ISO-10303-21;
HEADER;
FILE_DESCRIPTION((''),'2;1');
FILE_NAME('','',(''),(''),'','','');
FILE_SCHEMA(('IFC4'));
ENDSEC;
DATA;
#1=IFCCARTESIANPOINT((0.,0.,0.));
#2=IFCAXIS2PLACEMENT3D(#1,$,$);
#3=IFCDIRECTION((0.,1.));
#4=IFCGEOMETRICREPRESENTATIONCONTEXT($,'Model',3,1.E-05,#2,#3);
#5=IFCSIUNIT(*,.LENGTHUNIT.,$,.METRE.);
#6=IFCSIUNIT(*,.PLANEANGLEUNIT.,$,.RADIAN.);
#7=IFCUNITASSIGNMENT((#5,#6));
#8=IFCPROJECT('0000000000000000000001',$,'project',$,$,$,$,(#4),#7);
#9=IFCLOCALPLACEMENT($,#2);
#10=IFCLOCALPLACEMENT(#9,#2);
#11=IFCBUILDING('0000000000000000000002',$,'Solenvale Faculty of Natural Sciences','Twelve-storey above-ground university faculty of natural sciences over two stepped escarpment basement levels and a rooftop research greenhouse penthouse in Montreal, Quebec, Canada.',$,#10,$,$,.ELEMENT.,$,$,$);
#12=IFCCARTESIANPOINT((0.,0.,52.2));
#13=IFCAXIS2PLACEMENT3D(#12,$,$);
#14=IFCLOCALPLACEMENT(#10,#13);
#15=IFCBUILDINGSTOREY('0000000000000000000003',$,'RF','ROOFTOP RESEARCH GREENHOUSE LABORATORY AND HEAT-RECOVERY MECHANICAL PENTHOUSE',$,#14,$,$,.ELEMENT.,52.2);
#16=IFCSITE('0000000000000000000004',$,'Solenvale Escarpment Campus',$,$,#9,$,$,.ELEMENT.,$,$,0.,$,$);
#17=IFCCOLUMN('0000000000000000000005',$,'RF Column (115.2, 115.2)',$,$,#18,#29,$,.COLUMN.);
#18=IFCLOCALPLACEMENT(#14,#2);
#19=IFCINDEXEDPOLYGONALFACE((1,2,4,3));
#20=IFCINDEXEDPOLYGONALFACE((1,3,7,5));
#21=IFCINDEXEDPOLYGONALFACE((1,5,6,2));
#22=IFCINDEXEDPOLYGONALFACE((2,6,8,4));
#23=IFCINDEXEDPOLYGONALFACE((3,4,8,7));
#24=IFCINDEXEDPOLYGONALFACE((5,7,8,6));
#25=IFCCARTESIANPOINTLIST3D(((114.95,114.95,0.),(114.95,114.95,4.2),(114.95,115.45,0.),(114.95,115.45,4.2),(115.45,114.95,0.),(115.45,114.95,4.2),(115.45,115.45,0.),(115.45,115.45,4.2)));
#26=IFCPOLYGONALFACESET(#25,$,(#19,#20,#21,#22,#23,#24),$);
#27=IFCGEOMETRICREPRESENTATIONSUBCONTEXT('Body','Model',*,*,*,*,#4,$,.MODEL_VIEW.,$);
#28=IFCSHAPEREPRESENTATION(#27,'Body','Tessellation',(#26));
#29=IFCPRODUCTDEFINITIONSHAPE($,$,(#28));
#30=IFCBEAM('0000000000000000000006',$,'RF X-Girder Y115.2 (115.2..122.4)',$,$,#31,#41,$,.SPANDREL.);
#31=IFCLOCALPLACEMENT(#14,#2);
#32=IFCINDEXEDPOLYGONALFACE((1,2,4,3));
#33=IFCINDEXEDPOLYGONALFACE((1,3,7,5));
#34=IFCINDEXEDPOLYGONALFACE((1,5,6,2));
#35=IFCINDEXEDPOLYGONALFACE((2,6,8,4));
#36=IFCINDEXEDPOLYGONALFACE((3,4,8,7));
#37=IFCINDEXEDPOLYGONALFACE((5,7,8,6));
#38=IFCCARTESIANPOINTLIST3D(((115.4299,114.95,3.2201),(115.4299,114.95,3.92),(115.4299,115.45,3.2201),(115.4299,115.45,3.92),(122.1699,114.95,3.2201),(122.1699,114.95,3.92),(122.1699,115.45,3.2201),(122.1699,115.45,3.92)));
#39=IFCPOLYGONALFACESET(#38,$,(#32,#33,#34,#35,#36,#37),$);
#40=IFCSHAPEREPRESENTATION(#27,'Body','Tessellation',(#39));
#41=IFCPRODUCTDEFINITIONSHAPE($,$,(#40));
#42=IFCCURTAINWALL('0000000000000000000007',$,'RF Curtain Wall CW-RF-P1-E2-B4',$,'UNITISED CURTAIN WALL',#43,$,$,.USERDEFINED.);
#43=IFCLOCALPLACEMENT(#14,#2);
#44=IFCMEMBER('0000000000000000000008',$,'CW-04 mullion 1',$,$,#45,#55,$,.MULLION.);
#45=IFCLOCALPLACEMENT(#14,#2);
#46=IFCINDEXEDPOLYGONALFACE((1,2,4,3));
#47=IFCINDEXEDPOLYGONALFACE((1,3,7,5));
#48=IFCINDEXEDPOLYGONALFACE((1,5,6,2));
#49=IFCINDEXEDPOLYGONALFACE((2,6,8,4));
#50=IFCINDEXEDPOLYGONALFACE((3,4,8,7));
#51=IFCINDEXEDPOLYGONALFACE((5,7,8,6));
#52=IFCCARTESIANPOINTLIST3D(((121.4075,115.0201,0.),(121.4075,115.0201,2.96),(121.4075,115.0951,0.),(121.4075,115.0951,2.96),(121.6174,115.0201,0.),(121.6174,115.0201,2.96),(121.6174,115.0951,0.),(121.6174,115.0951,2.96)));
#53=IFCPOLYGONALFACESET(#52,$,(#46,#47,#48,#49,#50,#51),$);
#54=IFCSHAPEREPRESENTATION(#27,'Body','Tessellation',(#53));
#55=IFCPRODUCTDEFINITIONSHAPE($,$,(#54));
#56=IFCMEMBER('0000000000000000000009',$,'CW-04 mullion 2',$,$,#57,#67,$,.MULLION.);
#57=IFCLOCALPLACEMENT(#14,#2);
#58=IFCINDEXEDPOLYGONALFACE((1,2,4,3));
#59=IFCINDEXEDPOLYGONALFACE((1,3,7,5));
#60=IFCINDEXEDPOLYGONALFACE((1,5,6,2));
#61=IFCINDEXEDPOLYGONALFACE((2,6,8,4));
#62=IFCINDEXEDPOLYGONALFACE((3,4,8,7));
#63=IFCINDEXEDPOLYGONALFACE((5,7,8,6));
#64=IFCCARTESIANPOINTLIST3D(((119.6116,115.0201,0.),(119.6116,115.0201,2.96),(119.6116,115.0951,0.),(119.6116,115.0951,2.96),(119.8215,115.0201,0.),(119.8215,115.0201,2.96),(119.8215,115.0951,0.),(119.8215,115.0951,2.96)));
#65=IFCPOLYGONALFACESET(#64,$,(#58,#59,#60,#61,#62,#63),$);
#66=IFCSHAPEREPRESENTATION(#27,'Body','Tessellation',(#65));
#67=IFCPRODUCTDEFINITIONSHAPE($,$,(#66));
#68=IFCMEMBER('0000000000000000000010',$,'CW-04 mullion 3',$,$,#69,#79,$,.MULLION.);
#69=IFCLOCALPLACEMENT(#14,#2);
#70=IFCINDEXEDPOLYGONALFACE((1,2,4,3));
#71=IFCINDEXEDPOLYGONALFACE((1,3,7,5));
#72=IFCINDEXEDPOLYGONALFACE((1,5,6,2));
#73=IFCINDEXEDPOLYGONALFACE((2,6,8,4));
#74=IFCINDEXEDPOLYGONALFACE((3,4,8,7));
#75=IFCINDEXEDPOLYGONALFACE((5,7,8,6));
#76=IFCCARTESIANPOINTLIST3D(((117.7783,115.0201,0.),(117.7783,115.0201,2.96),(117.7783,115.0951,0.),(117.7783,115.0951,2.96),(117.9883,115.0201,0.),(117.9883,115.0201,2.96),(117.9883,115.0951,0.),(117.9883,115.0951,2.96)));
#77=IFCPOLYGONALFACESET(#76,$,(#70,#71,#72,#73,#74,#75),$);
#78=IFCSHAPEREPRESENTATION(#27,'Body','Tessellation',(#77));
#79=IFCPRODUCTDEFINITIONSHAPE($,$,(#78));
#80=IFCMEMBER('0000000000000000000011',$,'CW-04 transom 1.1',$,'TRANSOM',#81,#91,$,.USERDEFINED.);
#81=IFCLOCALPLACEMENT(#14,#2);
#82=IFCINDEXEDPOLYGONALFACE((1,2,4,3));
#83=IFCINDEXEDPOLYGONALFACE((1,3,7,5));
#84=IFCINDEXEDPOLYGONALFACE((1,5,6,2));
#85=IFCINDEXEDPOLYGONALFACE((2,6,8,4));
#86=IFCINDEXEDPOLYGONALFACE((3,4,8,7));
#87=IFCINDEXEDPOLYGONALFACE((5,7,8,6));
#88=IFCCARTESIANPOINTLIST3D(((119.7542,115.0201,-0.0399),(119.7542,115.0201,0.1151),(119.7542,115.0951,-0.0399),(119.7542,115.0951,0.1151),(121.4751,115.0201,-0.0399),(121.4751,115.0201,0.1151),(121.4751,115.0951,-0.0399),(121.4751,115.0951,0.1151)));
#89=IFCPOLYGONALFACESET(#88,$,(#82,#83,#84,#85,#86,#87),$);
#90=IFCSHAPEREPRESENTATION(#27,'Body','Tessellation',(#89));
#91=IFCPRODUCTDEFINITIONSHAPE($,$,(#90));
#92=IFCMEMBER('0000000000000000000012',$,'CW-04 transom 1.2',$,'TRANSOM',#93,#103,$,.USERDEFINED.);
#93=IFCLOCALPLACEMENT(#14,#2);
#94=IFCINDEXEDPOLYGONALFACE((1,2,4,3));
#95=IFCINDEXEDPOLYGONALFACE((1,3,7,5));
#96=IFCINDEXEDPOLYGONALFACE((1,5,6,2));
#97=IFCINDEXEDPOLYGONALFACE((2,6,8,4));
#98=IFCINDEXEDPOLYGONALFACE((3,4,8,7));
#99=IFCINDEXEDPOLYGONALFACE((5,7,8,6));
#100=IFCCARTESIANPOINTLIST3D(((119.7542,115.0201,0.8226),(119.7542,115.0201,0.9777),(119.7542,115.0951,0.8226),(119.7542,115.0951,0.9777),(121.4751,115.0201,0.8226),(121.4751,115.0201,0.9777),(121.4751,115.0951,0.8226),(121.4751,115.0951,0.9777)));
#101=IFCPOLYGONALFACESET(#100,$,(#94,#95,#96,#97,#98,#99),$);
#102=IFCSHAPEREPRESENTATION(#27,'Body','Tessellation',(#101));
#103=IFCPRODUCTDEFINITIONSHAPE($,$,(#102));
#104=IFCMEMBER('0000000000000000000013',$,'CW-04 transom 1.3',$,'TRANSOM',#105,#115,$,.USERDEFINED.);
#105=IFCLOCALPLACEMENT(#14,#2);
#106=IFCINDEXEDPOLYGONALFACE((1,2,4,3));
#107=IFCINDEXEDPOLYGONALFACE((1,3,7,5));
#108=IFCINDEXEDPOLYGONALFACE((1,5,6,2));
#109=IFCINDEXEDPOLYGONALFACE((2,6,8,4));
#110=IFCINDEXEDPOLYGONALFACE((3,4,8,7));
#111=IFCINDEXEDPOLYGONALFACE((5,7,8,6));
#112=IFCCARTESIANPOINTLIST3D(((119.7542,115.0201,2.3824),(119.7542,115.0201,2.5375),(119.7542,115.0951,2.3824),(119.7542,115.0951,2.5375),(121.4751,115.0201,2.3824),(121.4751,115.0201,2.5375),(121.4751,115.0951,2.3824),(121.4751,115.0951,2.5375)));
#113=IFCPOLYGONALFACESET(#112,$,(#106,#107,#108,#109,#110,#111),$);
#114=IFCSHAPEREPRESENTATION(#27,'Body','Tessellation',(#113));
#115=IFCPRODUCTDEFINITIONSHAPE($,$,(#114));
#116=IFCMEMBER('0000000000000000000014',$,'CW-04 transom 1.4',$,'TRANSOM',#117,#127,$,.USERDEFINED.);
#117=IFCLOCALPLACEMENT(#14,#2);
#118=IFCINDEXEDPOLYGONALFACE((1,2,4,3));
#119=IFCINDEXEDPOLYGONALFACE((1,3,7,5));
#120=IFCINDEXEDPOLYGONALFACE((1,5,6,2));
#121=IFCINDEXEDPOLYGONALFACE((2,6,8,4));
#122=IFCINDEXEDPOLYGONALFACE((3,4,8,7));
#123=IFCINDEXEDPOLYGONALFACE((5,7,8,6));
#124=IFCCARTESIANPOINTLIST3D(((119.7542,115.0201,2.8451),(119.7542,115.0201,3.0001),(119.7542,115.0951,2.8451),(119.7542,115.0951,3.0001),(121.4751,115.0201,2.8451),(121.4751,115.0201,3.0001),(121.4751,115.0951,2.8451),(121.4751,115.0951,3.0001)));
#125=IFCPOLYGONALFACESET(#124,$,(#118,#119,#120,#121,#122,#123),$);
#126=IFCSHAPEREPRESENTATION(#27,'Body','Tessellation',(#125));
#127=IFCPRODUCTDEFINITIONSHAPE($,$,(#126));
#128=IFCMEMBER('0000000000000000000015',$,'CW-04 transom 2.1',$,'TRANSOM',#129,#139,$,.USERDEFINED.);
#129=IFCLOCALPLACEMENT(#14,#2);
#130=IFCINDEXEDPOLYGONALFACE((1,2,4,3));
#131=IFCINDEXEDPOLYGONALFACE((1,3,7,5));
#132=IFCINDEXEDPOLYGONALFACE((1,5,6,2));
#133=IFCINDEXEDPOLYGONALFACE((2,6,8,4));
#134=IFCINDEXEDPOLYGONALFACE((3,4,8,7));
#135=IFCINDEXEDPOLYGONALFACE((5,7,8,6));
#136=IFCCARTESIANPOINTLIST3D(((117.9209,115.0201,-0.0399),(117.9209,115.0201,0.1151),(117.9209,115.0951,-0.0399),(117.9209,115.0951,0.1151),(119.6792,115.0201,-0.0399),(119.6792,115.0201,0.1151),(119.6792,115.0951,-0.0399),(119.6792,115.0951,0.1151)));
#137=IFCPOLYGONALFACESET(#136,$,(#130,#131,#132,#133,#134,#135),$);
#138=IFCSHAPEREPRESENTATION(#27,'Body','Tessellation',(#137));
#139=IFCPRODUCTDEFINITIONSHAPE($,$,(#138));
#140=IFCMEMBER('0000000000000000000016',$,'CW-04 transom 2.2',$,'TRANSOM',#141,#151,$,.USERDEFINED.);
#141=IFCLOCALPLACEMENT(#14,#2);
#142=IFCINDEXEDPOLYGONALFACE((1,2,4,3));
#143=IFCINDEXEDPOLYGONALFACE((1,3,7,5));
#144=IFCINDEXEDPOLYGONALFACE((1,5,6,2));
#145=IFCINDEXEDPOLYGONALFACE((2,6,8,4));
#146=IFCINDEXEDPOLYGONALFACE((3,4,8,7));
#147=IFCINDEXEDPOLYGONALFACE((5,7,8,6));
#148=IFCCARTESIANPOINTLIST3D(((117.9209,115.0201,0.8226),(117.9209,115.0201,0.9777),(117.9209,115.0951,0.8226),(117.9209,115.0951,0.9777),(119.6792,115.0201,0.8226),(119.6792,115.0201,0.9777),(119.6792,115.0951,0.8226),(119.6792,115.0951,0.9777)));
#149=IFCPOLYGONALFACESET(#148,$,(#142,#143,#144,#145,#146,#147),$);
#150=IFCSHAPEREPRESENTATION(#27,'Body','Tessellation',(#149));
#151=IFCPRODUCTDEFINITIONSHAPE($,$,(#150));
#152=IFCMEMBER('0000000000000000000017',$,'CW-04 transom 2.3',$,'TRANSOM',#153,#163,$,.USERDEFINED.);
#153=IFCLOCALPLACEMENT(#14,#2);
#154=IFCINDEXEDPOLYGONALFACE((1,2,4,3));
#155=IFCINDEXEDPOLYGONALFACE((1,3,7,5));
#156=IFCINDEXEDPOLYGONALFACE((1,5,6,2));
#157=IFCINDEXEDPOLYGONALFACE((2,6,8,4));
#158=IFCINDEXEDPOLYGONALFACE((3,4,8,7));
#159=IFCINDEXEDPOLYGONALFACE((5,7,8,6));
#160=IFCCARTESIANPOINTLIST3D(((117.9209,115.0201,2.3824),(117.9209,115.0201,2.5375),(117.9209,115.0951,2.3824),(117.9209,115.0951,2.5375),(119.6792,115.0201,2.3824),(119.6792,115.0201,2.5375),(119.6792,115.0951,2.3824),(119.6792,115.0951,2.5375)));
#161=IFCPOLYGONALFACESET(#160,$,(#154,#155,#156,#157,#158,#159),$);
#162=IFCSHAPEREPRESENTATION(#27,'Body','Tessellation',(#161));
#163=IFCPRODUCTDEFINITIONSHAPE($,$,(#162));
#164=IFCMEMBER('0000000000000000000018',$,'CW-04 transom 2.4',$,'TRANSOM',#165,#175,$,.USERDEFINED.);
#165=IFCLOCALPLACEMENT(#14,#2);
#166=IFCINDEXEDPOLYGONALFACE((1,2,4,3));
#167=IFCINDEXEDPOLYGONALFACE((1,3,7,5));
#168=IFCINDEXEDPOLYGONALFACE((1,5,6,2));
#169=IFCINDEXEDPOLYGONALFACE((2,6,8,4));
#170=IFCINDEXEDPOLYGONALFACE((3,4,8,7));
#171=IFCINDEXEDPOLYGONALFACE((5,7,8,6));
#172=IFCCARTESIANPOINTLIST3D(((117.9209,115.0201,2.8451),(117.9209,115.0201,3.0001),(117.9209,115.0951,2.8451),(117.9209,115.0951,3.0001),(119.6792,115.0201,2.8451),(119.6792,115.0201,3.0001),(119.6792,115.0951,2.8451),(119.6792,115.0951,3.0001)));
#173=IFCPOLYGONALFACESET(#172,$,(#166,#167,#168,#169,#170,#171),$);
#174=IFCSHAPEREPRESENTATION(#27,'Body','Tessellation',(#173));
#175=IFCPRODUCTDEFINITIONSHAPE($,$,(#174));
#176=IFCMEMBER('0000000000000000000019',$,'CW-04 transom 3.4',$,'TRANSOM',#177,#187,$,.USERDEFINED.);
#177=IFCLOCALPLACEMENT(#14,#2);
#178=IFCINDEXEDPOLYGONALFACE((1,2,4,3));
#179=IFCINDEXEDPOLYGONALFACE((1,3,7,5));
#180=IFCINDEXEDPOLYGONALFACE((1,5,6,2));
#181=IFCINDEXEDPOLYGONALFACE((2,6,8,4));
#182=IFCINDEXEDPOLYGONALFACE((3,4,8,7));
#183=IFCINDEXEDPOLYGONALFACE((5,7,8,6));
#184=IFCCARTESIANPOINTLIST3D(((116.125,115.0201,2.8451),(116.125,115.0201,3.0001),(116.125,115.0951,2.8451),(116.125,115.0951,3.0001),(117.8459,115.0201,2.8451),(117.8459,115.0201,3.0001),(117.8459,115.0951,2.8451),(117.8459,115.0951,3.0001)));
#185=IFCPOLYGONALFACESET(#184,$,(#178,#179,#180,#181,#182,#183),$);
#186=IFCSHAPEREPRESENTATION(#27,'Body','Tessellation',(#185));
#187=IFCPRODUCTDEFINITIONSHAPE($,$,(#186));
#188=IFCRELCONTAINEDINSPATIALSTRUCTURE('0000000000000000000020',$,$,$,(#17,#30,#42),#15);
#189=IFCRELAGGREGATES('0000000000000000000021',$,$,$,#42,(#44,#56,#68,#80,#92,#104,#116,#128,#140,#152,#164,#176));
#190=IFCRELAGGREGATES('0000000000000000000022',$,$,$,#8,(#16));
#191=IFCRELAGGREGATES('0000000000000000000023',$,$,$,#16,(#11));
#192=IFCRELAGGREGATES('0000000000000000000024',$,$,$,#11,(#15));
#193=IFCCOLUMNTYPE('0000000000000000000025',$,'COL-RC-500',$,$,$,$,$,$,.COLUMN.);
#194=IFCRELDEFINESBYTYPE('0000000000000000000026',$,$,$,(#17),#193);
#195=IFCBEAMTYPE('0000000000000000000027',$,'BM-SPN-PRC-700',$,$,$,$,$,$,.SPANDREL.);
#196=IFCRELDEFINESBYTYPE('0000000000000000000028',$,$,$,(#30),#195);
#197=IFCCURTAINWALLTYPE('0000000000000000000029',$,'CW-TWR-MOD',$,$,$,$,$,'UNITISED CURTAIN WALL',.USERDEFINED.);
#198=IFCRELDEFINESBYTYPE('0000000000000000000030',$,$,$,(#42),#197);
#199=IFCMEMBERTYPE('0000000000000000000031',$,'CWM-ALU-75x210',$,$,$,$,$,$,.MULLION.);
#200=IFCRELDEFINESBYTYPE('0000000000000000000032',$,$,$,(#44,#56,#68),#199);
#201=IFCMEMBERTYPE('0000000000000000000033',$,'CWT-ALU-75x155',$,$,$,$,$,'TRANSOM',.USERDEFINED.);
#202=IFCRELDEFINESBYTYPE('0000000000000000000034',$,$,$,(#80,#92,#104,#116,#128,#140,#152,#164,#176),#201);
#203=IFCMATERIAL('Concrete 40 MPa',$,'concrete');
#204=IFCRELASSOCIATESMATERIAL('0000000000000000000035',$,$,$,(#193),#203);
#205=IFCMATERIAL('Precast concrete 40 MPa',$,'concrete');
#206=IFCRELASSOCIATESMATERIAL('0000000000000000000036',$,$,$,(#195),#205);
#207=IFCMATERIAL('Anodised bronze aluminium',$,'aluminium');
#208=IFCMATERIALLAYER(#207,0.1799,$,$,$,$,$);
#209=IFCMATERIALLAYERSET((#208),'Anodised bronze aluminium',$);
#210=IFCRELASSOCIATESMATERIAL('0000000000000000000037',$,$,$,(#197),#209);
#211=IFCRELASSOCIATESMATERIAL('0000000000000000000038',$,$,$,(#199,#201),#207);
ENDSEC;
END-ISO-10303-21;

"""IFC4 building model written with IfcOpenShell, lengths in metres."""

from ifc_helpers import new_model, si_unit, direction, frame, origin, origin_2d, place, context, subcontext, project, spatial, rectangle, extrude, material, layer, layer_set, material_profile, profile_set, type_object, element, aggregate, save


model = new_model("IFC4")

# Units and contexts
model_context = context("Model", 3, precision=1e-05, world=origin(), true_north=direction((0.0, 1.0)))
body_context = subcontext(model_context, "Body", "Model", "MODEL_VIEW")
ifc_project = project(units=[si_unit("LENGTHUNIT", "METRE"), si_unit("PLANEANGLEUNIT", "RADIAN")], contexts=[model_context])

# Site, building, storey
site_placement = place(None, origin())
site = spatial("IfcSite", under=ifc_project, at=site_placement, Name="Solenvale Escarpment Campus", CompositionType="ELEMENT", RefElevation=0.0)
building_placement = place(site_placement, origin())
building = spatial("IfcBuilding", under=site, at=building_placement, Name="Solenvale Faculty of Natural Sciences", Description="Twelve-storey above-ground university faculty of natural sciences over two stepped escarpment basement levels and a rooftop research greenhouse penthouse in Montreal, Quebec, Canada.", CompositionType="ELEMENT")
storey_placement = place(building_placement, frame((0.0, 0.0, 52.2)))
storey = spatial("IfcBuildingStorey", under=building, at=storey_placement, Name="RF", Description="ROOFTOP RESEARCH GREENHOUSE LABORATORY AND HEAT-RECOVERY MECHANICAL PENTHOUSE", CompositionType="ELEMENT", Elevation=52.2)

# Column
ifc_material_1 = material(Name="Concrete 40 MPa", Category="concrete")
ifc_material_profile_1 = material_profile(ifc_material_1, rectangle(XDim=0.5, YDim=0.5, at=origin_2d()), Name="RC-COL-500x500")
ifc_profile_set_1 = profile_set([ifc_material_profile_1], Name="Concrete 40 MPa")
column_type = type_object("IfcColumnType", Name="COL-RC-500", PredefinedType="COLUMN", material=ifc_profile_set_1)
column_placement = place(storey_placement, frame((115.2, 115.2, 0.0), z_axis=(0.0, 0.0, 1.0), x_axis=(1.0, 0.0, 0.0)))
element("IfcColumn", 1, at=column_placement, inside=storey, type_object=column_type, Name="RF Column (115.2, 115.2)", PredefinedType="COLUMN", context=body_context, shape_type="SweptSolid", body=[
    extrude(rectangle(XDim=0.5, YDim=0.5, at=origin_2d()), origin(), (0.0, 0.0, 1.0), 4.2),
])

# Beam
ifc_material_2 = material(Name="Precast concrete 40 MPa", Category="concrete")
ifc_material_profile_2 = material_profile(ifc_material_2, rectangle(XDim=0.5, YDim=0.7, at=origin_2d()), Name="RC-BM-500x700")
ifc_profile_set_2 = profile_set([ifc_material_profile_2], Name="Precast concrete 40 MPa")
beam_type = type_object("IfcBeamType", Name="BM-SPN-PRC-700", PredefinedType="SPANDREL", material=ifc_profile_set_2)
beam_placement = place(storey_placement, frame((115.4299, 115.2, 3.5701), z_axis=(1.0, 0.0, 0.0), x_axis=(0.0, 1.0, 0.0)))
element("IfcBeam", 2, at=beam_placement, inside=storey, type_object=beam_type, Name="RF X-Girder Y115.2 (115.2..122.4)", PredefinedType="SPANDREL", context=body_context, shape_type="SweptSolid", body=[
    extrude(rectangle(XDim=0.5, YDim=0.7, at=origin_2d()), origin(), (0.0, 0.0, 1.0), 6.74),
])

# Curtain wall, members
ifc_material_3 = material(Name="Anodised bronze aluminium", Category="aluminium")
ifc_layer_1 = layer(ifc_material_3, 0.1799)
ifc_layer_set_1 = layer_set([ifc_layer_1], Name="Anodised bronze aluminium")
curtain_wall_type = type_object("IfcCurtainWallType", Name="CW-TWR-MOD", ElementType="UNITISED CURTAIN WALL", PredefinedType="USERDEFINED", material=ifc_layer_set_1)
curtain_wall_placement = place(storey_placement, origin())
curtain_wall = element("IfcCurtainWall", 3, at=curtain_wall_placement, inside=storey, type_object=curtain_wall_type, Name="RF Curtain Wall CW-RF-P1-E2-B4", ObjectType="UNITISED CURTAIN WALL", PredefinedType="USERDEFINED")
ifc_material_profile_3 = material_profile(ifc_material_3, rectangle(XDim=0.075, YDim=0.21, at=origin_2d()), Name="ALU-MUL-75x210")
ifc_profile_set_3 = profile_set([ifc_material_profile_3], Name="Anodised bronze aluminium")
member_type_1 = type_object("IfcMemberType", Name="CWM-ALU-75x210", PredefinedType="MULLION", material=ifc_profile_set_3)
member_1_placement = place(storey_placement, frame((121.5125, 115.0576, 0.0), z_axis=(0.0, 0.0, 1.0), x_axis=(0.0, -1.0, 0.0)))
member_1 = element("IfcMember", 4, at=member_1_placement, type_object=member_type_1, Name="CW-04 mullion 1", PredefinedType="MULLION", context=body_context, shape_type="SweptSolid", body=[
    extrude(rectangle(XDim=0.075, YDim=0.21, at=origin_2d()), origin(), (0.0, 0.0, 1.0), 2.96),
])
member_2_placement = place(storey_placement, frame((119.7166, 115.0576, 0.0), z_axis=(0.0, 0.0, 1.0), x_axis=(0.0, -1.0, 0.0)))
member_2 = element("IfcMember", 5, at=member_2_placement, type_object=member_type_1, Name="CW-04 mullion 2", PredefinedType="MULLION", context=body_context, shape_type="SweptSolid", body=[
    extrude(rectangle(XDim=0.075, YDim=0.21, at=origin_2d()), origin(), (0.0, 0.0, 1.0), 2.96),
])
member_3_placement = place(storey_placement, frame((117.8833, 115.0576, 0.0), z_axis=(0.0, 0.0, 1.0), x_axis=(0.0, -1.0, 0.0)))
member_3 = element("IfcMember", 6, at=member_3_placement, type_object=member_type_1, Name="CW-04 mullion 3", PredefinedType="MULLION", context=body_context, shape_type="SweptSolid", body=[
    extrude(rectangle(XDim=0.075, YDim=0.21, at=origin_2d()), origin(), (0.0, 0.0, 1.0), 2.96),
])
ifc_material_profile_4 = material_profile(ifc_material_3, rectangle(XDim=0.075, YDim=0.155, at=origin_2d()), Name="ALU-TRN-75x155")
ifc_profile_set_4 = profile_set([ifc_material_profile_4], Name="Anodised bronze aluminium")
member_type_2 = type_object("IfcMemberType", Name="CWT-ALU-75x155", ElementType="TRANSOM", PredefinedType="USERDEFINED", material=ifc_profile_set_4)
member_4_placement = place(storey_placement, frame((121.4751, 115.0576, 0.0376), z_axis=(-1.0, 0.0, 0.0), x_axis=(0.0, -1.0, 0.0)))
member_4 = element("IfcMember", 7, at=member_4_placement, type_object=member_type_2, Name="CW-04 transom 1.1", ObjectType="TRANSOM", PredefinedType="USERDEFINED", context=body_context, shape_type="SweptSolid", body=[
    extrude(rectangle(XDim=0.075, YDim=0.155, at=origin_2d()), origin(), (0.0, 0.0, 1.0), 1.7209),
])
member_5_placement = place(storey_placement, frame((121.4751, 115.0576, 0.9001), z_axis=(-1.0, 0.0, 0.0), x_axis=(0.0, -1.0, 0.0)))
member_5 = element("IfcMember", 8, at=member_5_placement, type_object=member_type_2, Name="CW-04 transom 1.2", ObjectType="TRANSOM", PredefinedType="USERDEFINED", context=body_context, shape_type="SweptSolid", body=[
    extrude(rectangle(XDim=0.075, YDim=0.155, at=origin_2d()), origin(), (0.0, 0.0, 1.0), 1.7209),
])
member_6_placement = place(storey_placement, frame((121.4751, 115.0576, 2.46), z_axis=(-1.0, 0.0, 0.0), x_axis=(0.0, -1.0, 0.0)))
member_6 = element("IfcMember", 9, at=member_6_placement, type_object=member_type_2, Name="CW-04 transom 1.3", ObjectType="TRANSOM", PredefinedType="USERDEFINED", context=body_context, shape_type="SweptSolid", body=[
    extrude(rectangle(XDim=0.075, YDim=0.155, at=origin_2d()), origin(), (0.0, 0.0, 1.0), 1.7209),
])
member_7_placement = place(storey_placement, frame((121.4751, 115.0576, 2.9226), z_axis=(-1.0, 0.0, 0.0), x_axis=(0.0, -1.0, 0.0)))
member_7 = element("IfcMember", 10, at=member_7_placement, type_object=member_type_2, Name="CW-04 transom 1.4", ObjectType="TRANSOM", PredefinedType="USERDEFINED", context=body_context, shape_type="SweptSolid", body=[
    extrude(rectangle(XDim=0.075, YDim=0.155, at=origin_2d()), origin(), (0.0, 0.0, 1.0), 1.7209),
])
member_8_placement = place(storey_placement, frame((119.6792, 115.0576, 0.0376), z_axis=(-1.0, 0.0, 0.0), x_axis=(0.0, -1.0, 0.0)))
member_8 = element("IfcMember", 11, at=member_8_placement, type_object=member_type_2, Name="CW-04 transom 2.1", ObjectType="TRANSOM", PredefinedType="USERDEFINED", context=body_context, shape_type="SweptSolid", body=[
    extrude(rectangle(XDim=0.075, YDim=0.155, at=origin_2d()), origin(), (0.0, 0.0, 1.0), 1.7583),
])
member_9_placement = place(storey_placement, frame((119.6792, 115.0576, 0.9001), z_axis=(-1.0, 0.0, 0.0), x_axis=(0.0, -1.0, 0.0)))
member_9 = element("IfcMember", 12, at=member_9_placement, type_object=member_type_2, Name="CW-04 transom 2.2", ObjectType="TRANSOM", PredefinedType="USERDEFINED", context=body_context, shape_type="SweptSolid", body=[
    extrude(rectangle(XDim=0.075, YDim=0.155, at=origin_2d()), origin(), (0.0, 0.0, 1.0), 1.7583),
])
member_10_placement = place(storey_placement, frame((119.6792, 115.0576, 2.46), z_axis=(-1.0, 0.0, 0.0), x_axis=(0.0, -1.0, 0.0)))
member_10 = element("IfcMember", 13, at=member_10_placement, type_object=member_type_2, Name="CW-04 transom 2.3", ObjectType="TRANSOM", PredefinedType="USERDEFINED", context=body_context, shape_type="SweptSolid", body=[
    extrude(rectangle(XDim=0.075, YDim=0.155, at=origin_2d()), origin(), (0.0, 0.0, 1.0), 1.7583),
])
member_11_placement = place(storey_placement, frame((119.6792, 115.0576, 2.9226), z_axis=(-1.0, 0.0, 0.0), x_axis=(0.0, -1.0, 0.0)))
member_11 = element("IfcMember", 14, at=member_11_placement, type_object=member_type_2, Name="CW-04 transom 2.4", ObjectType="TRANSOM", PredefinedType="USERDEFINED", context=body_context, shape_type="SweptSolid", body=[
    extrude(rectangle(XDim=0.075, YDim=0.155, at=origin_2d()), origin(), (0.0, 0.0, 1.0), 1.7583),
])
member_12_placement = place(storey_placement, frame((117.8459, 115.0576, 2.9226), z_axis=(-1.0, 0.0, 0.0), x_axis=(0.0, -1.0, 0.0)))
member_12 = element("IfcMember", 15, at=member_12_placement, type_object=member_type_2, Name="CW-04 transom 3.4", ObjectType="TRANSOM", PredefinedType="USERDEFINED", context=body_context, shape_type="SweptSolid", body=[
    extrude(rectangle(XDim=0.075, YDim=0.155, at=origin_2d()), origin(), (0.0, 0.0, 1.0), 1.7209),
])
aggregate(curtain_wall, [member_1, member_2, member_3, member_4, member_5, member_6, member_7, member_8, member_9, member_10, member_11, member_12])

save(model, "model.ifc")
